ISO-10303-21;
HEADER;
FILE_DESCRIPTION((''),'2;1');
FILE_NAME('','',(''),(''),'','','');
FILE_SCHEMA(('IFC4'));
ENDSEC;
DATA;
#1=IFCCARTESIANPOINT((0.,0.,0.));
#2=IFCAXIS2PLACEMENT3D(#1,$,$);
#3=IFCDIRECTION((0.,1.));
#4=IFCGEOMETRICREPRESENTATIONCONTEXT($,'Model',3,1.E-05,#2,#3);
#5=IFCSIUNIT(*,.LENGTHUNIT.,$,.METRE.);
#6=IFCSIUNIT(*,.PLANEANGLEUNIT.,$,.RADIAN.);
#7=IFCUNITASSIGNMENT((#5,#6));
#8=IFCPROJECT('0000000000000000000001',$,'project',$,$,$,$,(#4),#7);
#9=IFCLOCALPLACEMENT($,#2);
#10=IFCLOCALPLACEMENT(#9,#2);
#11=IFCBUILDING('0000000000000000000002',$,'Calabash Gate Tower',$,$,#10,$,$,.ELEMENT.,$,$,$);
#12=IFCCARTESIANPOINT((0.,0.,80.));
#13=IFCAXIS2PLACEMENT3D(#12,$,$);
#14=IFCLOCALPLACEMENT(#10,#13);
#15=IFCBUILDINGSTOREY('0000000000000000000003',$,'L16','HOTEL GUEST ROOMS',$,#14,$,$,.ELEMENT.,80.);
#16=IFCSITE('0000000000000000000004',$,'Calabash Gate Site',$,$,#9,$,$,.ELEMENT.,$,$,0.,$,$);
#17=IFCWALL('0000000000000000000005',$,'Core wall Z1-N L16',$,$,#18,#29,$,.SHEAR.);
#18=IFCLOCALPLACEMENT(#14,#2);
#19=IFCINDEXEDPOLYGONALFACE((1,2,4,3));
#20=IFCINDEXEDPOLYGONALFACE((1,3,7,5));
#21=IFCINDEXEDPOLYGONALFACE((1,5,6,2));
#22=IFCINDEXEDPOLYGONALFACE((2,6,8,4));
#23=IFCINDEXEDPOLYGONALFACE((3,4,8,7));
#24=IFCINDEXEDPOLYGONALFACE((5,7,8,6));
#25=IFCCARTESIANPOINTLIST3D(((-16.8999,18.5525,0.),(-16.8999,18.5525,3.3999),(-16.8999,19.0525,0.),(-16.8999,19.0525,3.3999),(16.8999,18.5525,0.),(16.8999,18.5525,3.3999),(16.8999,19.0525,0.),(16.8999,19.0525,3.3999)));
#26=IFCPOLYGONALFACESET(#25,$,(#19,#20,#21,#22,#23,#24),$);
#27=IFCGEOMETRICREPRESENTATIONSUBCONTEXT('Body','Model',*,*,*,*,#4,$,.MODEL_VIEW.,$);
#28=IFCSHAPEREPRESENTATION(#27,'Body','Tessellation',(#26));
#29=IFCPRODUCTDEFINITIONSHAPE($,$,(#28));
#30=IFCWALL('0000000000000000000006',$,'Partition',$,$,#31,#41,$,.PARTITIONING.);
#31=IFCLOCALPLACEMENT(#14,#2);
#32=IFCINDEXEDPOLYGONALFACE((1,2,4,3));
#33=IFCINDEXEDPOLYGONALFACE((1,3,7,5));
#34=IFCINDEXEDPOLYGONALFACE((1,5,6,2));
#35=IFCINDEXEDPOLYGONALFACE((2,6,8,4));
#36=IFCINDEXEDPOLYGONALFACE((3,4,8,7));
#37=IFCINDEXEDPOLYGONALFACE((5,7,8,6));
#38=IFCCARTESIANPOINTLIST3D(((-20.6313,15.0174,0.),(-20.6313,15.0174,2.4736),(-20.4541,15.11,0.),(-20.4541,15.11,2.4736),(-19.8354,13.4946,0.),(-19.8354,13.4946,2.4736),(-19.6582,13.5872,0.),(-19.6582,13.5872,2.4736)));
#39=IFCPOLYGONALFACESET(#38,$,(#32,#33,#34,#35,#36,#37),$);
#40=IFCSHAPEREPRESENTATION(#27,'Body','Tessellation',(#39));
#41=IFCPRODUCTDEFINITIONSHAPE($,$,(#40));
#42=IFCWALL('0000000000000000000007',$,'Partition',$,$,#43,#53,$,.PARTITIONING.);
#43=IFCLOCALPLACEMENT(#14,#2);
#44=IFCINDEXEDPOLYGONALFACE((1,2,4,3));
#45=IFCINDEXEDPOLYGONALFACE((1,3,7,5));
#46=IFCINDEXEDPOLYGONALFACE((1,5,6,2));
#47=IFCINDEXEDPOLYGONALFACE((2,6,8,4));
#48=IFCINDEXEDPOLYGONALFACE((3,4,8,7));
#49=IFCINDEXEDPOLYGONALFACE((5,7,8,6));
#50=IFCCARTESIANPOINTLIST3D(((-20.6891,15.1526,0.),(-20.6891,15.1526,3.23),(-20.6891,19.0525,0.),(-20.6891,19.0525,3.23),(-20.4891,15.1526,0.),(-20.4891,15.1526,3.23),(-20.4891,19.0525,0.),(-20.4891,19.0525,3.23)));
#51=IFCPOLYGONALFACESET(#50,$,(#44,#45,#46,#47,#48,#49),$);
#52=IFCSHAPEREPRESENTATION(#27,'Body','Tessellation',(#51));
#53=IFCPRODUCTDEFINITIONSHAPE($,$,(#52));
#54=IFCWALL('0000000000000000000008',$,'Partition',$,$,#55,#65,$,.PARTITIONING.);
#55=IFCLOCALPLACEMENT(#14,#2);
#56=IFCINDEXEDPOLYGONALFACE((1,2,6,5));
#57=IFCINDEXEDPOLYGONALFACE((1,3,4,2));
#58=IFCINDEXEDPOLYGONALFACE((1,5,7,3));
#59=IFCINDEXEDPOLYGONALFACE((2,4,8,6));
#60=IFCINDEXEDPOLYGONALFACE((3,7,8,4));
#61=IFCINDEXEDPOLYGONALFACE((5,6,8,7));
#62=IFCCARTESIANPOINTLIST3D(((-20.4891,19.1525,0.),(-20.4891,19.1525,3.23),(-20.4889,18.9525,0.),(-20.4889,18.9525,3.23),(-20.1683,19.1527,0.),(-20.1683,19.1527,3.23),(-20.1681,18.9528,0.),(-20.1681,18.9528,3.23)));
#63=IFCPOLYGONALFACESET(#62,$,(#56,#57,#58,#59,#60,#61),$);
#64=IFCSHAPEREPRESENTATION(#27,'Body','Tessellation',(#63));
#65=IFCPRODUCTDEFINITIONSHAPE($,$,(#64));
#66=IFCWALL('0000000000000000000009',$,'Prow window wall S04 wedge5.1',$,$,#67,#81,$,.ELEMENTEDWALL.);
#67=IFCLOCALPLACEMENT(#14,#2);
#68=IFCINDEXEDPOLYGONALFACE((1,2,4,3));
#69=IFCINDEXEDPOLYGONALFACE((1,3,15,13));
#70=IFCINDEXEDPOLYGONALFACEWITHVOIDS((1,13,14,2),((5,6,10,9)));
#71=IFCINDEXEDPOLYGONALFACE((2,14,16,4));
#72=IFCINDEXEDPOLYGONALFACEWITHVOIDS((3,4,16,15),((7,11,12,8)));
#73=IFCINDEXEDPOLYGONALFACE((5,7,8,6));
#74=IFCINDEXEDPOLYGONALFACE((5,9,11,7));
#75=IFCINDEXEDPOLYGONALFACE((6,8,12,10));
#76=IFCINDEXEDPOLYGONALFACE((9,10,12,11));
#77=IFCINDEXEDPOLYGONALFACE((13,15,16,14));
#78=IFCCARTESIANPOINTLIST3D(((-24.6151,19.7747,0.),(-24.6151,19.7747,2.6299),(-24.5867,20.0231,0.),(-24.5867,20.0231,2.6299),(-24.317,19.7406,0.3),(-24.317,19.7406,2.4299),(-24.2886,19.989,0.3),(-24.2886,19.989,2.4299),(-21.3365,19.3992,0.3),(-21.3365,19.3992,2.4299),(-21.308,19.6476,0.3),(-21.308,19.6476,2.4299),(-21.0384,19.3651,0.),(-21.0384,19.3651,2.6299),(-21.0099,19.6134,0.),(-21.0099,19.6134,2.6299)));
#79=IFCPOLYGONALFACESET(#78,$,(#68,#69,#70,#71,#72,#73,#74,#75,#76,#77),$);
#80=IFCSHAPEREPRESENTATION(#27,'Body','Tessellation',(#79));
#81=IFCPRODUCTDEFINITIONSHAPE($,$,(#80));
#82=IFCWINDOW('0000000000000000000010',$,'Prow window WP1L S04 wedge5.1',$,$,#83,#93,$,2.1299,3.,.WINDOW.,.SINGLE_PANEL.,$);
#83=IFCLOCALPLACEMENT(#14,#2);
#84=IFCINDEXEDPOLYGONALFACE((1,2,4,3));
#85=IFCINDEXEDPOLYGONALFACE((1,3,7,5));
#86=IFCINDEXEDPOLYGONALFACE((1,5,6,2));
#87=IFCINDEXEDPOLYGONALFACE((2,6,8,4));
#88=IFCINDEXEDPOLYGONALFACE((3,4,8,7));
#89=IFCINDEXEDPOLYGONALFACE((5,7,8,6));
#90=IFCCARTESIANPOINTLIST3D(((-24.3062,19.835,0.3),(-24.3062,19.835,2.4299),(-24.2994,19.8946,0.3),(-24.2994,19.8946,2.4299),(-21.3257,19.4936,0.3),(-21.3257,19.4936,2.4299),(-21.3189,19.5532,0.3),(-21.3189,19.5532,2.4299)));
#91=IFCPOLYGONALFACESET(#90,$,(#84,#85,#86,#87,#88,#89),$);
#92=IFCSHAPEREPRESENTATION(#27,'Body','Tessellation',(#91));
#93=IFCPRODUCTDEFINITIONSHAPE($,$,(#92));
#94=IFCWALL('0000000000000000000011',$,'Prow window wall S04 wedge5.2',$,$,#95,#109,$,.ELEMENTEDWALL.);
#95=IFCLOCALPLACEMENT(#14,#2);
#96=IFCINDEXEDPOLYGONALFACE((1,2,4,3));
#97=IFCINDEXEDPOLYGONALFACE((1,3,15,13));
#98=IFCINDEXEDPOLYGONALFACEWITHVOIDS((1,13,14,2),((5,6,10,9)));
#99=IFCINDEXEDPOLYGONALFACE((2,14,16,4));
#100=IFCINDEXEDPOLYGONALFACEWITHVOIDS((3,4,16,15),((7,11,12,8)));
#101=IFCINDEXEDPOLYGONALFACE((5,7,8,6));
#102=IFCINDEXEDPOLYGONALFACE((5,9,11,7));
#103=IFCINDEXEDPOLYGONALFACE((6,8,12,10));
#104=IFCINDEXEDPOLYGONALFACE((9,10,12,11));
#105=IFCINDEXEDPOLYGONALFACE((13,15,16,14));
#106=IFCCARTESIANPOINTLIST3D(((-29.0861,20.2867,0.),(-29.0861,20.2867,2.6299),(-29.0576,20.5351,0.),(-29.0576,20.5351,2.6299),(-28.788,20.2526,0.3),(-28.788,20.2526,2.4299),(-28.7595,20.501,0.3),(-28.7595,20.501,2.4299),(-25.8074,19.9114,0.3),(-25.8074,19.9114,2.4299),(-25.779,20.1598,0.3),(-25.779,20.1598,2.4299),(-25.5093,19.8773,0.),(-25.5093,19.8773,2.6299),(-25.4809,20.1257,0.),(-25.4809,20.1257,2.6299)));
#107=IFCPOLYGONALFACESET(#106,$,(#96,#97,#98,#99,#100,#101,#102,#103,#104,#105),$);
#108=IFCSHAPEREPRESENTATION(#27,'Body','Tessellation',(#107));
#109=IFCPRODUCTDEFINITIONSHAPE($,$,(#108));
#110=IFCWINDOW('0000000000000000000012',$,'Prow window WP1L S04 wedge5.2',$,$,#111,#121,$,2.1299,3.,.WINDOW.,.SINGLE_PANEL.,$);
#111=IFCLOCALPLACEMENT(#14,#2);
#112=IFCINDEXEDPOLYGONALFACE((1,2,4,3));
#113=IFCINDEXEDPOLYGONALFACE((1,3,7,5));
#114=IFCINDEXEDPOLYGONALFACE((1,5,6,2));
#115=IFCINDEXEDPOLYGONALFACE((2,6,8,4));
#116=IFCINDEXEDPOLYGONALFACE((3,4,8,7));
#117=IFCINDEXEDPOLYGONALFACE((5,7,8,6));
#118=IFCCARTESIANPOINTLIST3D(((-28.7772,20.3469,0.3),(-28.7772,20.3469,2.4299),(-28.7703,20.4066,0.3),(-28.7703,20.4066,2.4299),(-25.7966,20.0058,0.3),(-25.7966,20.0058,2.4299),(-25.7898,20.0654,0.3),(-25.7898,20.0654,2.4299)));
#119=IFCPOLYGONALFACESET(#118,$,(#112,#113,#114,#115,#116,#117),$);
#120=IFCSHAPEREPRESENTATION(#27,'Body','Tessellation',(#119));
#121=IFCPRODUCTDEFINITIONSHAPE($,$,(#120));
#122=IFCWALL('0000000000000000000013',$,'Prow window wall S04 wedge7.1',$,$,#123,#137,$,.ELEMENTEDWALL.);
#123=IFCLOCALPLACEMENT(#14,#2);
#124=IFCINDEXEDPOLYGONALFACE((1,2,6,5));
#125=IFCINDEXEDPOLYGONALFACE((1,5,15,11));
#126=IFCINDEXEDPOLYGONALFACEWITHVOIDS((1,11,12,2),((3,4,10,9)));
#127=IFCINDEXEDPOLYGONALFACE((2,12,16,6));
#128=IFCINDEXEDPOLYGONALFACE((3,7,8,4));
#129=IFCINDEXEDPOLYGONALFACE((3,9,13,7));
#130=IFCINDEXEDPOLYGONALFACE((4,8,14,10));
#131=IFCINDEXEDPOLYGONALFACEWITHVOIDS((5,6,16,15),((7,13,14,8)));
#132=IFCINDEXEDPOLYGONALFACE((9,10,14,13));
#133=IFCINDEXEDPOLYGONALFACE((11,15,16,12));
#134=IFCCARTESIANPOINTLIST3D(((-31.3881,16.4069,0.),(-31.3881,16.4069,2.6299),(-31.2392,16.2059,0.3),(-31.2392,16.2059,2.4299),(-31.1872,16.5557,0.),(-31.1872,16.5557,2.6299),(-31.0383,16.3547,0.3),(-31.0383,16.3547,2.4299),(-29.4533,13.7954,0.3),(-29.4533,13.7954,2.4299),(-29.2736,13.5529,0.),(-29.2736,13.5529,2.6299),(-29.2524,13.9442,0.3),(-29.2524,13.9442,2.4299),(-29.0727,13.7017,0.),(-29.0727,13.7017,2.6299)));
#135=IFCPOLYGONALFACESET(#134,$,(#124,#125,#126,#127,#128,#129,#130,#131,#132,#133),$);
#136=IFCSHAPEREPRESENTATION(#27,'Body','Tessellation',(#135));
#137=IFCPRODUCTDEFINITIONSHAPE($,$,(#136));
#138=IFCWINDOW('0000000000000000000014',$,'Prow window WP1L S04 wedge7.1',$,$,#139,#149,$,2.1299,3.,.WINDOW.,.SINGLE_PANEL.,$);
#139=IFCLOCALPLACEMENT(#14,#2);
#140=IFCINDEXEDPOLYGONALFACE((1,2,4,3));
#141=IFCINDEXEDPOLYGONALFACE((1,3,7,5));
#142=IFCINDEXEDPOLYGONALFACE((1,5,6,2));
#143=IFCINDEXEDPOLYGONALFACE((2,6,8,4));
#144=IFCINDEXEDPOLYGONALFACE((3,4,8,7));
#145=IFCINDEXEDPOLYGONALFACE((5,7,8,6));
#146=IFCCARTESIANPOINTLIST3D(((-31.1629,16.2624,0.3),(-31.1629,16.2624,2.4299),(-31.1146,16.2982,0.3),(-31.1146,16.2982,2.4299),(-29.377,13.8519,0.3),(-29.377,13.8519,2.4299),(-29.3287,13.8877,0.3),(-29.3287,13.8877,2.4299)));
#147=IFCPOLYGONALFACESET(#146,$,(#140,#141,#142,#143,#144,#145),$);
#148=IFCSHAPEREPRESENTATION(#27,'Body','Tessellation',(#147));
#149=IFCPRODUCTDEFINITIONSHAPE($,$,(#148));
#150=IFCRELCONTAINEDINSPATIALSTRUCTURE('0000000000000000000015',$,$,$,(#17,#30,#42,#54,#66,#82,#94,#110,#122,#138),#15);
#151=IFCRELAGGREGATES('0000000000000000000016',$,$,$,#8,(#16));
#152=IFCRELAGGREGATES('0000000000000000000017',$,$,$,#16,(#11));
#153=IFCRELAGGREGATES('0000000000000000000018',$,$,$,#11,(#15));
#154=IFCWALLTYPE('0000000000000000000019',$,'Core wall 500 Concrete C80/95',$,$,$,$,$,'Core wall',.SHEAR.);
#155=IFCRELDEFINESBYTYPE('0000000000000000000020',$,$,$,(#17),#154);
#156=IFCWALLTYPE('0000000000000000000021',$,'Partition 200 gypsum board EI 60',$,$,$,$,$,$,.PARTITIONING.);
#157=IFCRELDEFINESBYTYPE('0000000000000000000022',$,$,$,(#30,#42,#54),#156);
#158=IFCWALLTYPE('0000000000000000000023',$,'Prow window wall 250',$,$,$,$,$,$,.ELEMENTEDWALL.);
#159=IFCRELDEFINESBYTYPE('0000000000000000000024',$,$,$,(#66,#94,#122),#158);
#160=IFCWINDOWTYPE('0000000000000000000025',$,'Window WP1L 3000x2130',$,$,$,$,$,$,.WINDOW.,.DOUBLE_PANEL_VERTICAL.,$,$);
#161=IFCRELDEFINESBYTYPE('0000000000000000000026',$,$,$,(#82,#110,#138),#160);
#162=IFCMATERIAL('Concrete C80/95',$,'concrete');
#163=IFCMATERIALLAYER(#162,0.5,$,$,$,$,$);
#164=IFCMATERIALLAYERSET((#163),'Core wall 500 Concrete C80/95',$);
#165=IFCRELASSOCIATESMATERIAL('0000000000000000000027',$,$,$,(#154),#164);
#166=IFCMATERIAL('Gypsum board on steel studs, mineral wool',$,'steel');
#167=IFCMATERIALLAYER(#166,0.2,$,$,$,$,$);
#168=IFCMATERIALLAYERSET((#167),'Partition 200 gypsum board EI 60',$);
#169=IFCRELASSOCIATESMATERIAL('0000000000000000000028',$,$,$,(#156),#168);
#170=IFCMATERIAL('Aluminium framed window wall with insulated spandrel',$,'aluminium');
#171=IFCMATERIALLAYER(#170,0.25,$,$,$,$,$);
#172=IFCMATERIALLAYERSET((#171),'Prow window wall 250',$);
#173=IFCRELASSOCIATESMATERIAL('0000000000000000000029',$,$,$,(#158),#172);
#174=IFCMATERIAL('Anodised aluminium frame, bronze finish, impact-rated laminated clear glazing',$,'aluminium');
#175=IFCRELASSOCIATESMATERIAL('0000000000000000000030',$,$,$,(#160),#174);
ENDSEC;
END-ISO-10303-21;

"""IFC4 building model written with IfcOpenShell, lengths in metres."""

from ifc_helpers import new_model, si_unit, direction, frame, frame_2d, origin, place, context, subcontext, project, spatial, rectangle, extrude, material, layer, layer_set, type_object, element, fill, save


model = new_model("IFC4")

# Units and contexts
model_context = context("Model", 3, precision=1e-05, world=origin(), true_north=direction((0.0, 1.0)))
body_context = subcontext(model_context, "Body", "Model", "MODEL_VIEW")
ifc_project = project(units=[si_unit("LENGTHUNIT", "METRE"), si_unit("PLANEANGLEUNIT", "RADIAN")], contexts=[model_context])

# Site, building, storey
site_placement = place(None, origin())
site = spatial("IfcSite", under=ifc_project, at=site_placement, Name="Calabash Gate Site", CompositionType="ELEMENT", RefElevation=0.0)
building_placement = place(site_placement, origin())
building = spatial("IfcBuilding", under=site, at=building_placement, Name="Calabash Gate Tower", CompositionType="ELEMENT")
storey_placement = place(building_placement, frame((0.0, 0.0, 80.0)))
storey = spatial("IfcBuildingStorey", under=building, at=storey_placement, Name="L16", Description="HOTEL GUEST ROOMS", CompositionType="ELEMENT", Elevation=80.0)

# Walls
ifc_material_1 = material(Name="Concrete C80/95", Category="concrete")
ifc_layer_1 = layer(ifc_material_1, 0.5)
ifc_layer_set_1 = layer_set([ifc_layer_1], Name="Core wall 500 Concrete C80/95")
wall_type_1 = type_object("IfcWallType", Name="Core wall 500 Concrete C80/95", ElementType="Core wall", PredefinedType="SHEAR", material=ifc_layer_set_1)
wall_1_placement = place(storey_placement, frame((-16.8999, 18.8025, 0.0), z_axis=(0.0, 0.0, 1.0), x_axis=(1.0, 0.0, 0.0)))
element("IfcWall", 1, at=wall_1_placement, inside=storey, type_object=wall_type_1, Name="Core wall Z1-N L16", PredefinedType="SHEAR", context=body_context, shape_type="SweptSolid", body=[
    extrude(rectangle(XDim=33.7998, YDim=0.5, at=frame_2d((16.8999, 0.0))), origin(), (0.0, 0.0, 1.0), 3.3999),
])
ifc_material_2 = material(Name="Gypsum board on steel studs, mineral wool", Category="steel")
ifc_layer_2 = layer(ifc_material_2, 0.2)
ifc_layer_set_2 = layer_set([ifc_layer_2], Name="Partition 200 gypsum board EI 60")
wall_type_2 = type_object("IfcWallType", Name="Partition 200 gypsum board EI 60", PredefinedType="PARTITIONING", material=ifc_layer_set_2)
wall_2_placement = place(storey_placement, frame((-20.5427, 15.0637, 0.0), z_axis=(0.0, 0.0, 1.0), x_axis=(0.463226, -0.88624, 0.0)))
element("IfcWall", 2, at=wall_2_placement, inside=storey, type_object=wall_type_2, Name="Partition", PredefinedType="PARTITIONING", context=body_context, shape_type="SweptSolid", body=[
    extrude(rectangle(XDim=1.7183, YDim=0.2, at=frame_2d((0.8591, 0.0))), origin(), (0.0, 0.0, 1.0), 2.4736),
])
wall_3_placement = place(storey_placement, frame((-20.5891, 19.0525, 0.0), z_axis=(0.0, 0.0, 1.0), x_axis=(0.0, -1.0, 0.0)))
element("IfcWall", 3, at=wall_3_placement, inside=storey, type_object=wall_type_2, Name="Partition", PredefinedType="PARTITIONING", context=body_context, shape_type="SweptSolid", body=[
    extrude(rectangle(XDim=3.8999, YDim=0.2, at=frame_2d((1.95, 0.0))), origin(), (0.0, 0.0, 1.0), 3.23),
])
wall_4_placement = place(storey_placement, frame((-20.489, 19.0525, 0.0), z_axis=(0.0, 0.0, 1.0), x_axis=(1.0, 0.000761, 0.0)))
element("IfcWall", 4, at=wall_4_placement, inside=storey, type_object=wall_type_2, Name="Partition", PredefinedType="PARTITIONING", context=body_context, shape_type="SweptSolid", body=[
    extrude(rectangle(XDim=0.3208, YDim=0.2, at=frame_2d((0.1604, 0.0))), origin(), (0.0, 0.0, 1.0), 3.23),
])

# Walls, openings, windows
ifc_material_3 = material(Name="Aluminium framed window wall with insulated spandrel", Category="aluminium")
ifc_layer_3 = layer(ifc_material_3, 0.25)
ifc_layer_set_3 = layer_set([ifc_layer_3], Name="Prow window wall 250")
wall_type_3 = type_object("IfcWallType", Name="Prow window wall 250", PredefinedType="ELEMENTEDWALL", material=ifc_layer_set_3)
wall_5_placement = place(storey_placement, frame((-21.0242, 19.4893, 0.0), z_axis=(0.0, 0.0, 1.0), x_axis=(-0.993504, 0.113795, 0.0)))
wall_5 = element("IfcWall", 5, at=wall_5_placement, inside=storey, type_object=wall_type_3, Name="Prow window wall S04 wedge5.1", PredefinedType="ELEMENTEDWALL", context=body_context, shape_type="SweptSolid", body=[
    extrude(rectangle(XDim=3.6001, YDim=0.25, at=frame_2d((1.8, 0.0))), origin(), (0.0, 0.0, 1.0), 2.6299),
])
opening_1_placement = place(wall_5_placement, frame((0.3, 0.0, 0.3)))
opening_1 = element("IfcOpeningElement", 6, at=opening_1_placement, cuts=wall_5, PredefinedType="OPENING", context=body_context, shape_type="SweptSolid", body=[
    extrude(rectangle(XDim=3.0, YDim=2.1299, at=frame_2d((1.5, 1.0649))), frame((0.0, 0.135, 0.0), z_axis=(0.0, -1.0, 0.0), x_axis=(1.0, 0.0, 0.0)), (0.0, 0.0, 1.0), 0.27),
])
ifc_material_4 = material(Name="Anodised aluminium frame, bronze finish, impact-rated laminated clear glazing", Category="aluminium")
window_type = type_object("IfcWindowType", Name="Window WP1L 3000x2130", PartitioningType="DOUBLE_PANEL_VERTICAL", PredefinedType="WINDOW", material=ifc_material_4)
window_1_placement = place(opening_1_placement, origin())
window_1 = element("IfcWindow", 7, at=window_1_placement, inside=storey, type_object=window_type, Name="Prow window WP1L S04 wedge5.1", OverallHeight=2.1299, OverallWidth=3.0, PartitioningType="SINGLE_PANEL", PredefinedType="WINDOW", context=body_context, shape_type="SweptSolid", body=[
    extrude(rectangle(XDim=3.0, YDim=2.1299, at=frame_2d((1.5, 1.0649))), frame((0.0, 0.03, 0.0), z_axis=(0.0, -1.0, 0.0), x_axis=(1.0, 0.0, 0.0)), (0.0, 0.0, 1.0), 0.0601),
])
fill(opening_1, window_1)
wall_6_placement = place(storey_placement, frame((-25.4951, 20.0015, 0.0), z_axis=(0.0, 0.0, 1.0), x_axis=(-0.993512, 0.113728, 0.0)))
wall_6 = element("IfcWall", 8, at=wall_6_placement, inside=storey, type_object=wall_type_3, Name="Prow window wall S04 wedge5.2", PredefinedType="ELEMENTEDWALL", context=body_context, shape_type="SweptSolid", body=[
    extrude(rectangle(XDim=3.6001, YDim=0.25, at=frame_2d((1.8, 0.0))), origin(), (0.0, 0.0, 1.0), 2.6299),
])
opening_2_placement = place(wall_6_placement, frame((0.3, 0.0, 0.3)))
opening_2 = element("IfcOpeningElement", 9, at=opening_2_placement, cuts=wall_6, PredefinedType="OPENING", context=body_context, shape_type="SweptSolid", body=[
    extrude(rectangle(XDim=3.0, YDim=2.1299, at=frame_2d((1.5, 1.0649))), frame((0.0, 0.135, 0.0), z_axis=(0.0, -1.0, 0.0), x_axis=(1.0, 0.0, 0.0)), (0.0, 0.0, 1.0), 0.27),
])
window_2_placement = place(opening_2_placement, origin())
window_2 = element("IfcWindow", 10, at=window_2_placement, inside=storey, type_object=window_type, Name="Prow window WP1L S04 wedge5.2", OverallHeight=2.1299, OverallWidth=3.0, PartitioningType="SINGLE_PANEL", PredefinedType="WINDOW", context=body_context, shape_type="SweptSolid", body=[
    extrude(rectangle(XDim=3.0, YDim=2.1299, at=frame_2d((1.5, 1.0649))), frame((0.0, 0.03, 0.0), z_axis=(0.0, -1.0, 0.0), x_axis=(1.0, 0.0, 0.0)), (0.0, 0.0, 1.0), 0.0601),
])
fill(opening_2, window_2)
wall_7_placement = place(storey_placement, frame((-31.2876, 16.4812, 0.0), z_axis=(0.0, 0.0, 1.0), x_axis=(0.595305, -0.8035, 0.0)))
wall_7 = element("IfcWall", 11, at=wall_7_placement, inside=storey, type_object=wall_type_3, Name="Prow window wall S04 wedge7.1", PredefinedType="ELEMENTEDWALL", context=body_context, shape_type="SweptSolid", body=[
    extrude(rectangle(XDim=3.552, YDim=0.25, at=frame_2d((1.7759, 0.0))), origin(), (0.0, 0.0, 1.0), 2.6299),
])
opening_3_placement = place(wall_7_placement, frame((0.25, 0.0, 0.3)))
opening_3 = element("IfcOpeningElement", 12, at=opening_3_placement, cuts=wall_7, PredefinedType="OPENING", context=body_context, shape_type="SweptSolid", body=[
    extrude(rectangle(XDim=3.0, YDim=2.1299, at=frame_2d((1.5, 1.0649))), frame((0.0, 0.135, 0.0), z_axis=(0.0, -1.0, 0.0), x_axis=(1.0, 0.0, 0.0)), (0.0, 0.0, 1.0), 0.27),
])
window_3_placement = place(opening_3_placement, origin())
window_3 = element("IfcWindow", 13, at=window_3_placement, inside=storey, type_object=window_type, Name="Prow window WP1L S04 wedge7.1", OverallHeight=2.1299, OverallWidth=3.0, PartitioningType="SINGLE_PANEL", PredefinedType="WINDOW", context=body_context, shape_type="SweptSolid", body=[
    extrude(rectangle(XDim=3.0, YDim=2.1299, at=frame_2d((1.5, 1.0649))), frame((0.0, 0.03, 0.0), z_axis=(0.0, -1.0, 0.0), x_axis=(1.0, 0.0, 0.0)), (0.0, 0.0, 1.0), 0.0601),
])
fill(opening_3, window_3)

save(model, "model.ifc")
